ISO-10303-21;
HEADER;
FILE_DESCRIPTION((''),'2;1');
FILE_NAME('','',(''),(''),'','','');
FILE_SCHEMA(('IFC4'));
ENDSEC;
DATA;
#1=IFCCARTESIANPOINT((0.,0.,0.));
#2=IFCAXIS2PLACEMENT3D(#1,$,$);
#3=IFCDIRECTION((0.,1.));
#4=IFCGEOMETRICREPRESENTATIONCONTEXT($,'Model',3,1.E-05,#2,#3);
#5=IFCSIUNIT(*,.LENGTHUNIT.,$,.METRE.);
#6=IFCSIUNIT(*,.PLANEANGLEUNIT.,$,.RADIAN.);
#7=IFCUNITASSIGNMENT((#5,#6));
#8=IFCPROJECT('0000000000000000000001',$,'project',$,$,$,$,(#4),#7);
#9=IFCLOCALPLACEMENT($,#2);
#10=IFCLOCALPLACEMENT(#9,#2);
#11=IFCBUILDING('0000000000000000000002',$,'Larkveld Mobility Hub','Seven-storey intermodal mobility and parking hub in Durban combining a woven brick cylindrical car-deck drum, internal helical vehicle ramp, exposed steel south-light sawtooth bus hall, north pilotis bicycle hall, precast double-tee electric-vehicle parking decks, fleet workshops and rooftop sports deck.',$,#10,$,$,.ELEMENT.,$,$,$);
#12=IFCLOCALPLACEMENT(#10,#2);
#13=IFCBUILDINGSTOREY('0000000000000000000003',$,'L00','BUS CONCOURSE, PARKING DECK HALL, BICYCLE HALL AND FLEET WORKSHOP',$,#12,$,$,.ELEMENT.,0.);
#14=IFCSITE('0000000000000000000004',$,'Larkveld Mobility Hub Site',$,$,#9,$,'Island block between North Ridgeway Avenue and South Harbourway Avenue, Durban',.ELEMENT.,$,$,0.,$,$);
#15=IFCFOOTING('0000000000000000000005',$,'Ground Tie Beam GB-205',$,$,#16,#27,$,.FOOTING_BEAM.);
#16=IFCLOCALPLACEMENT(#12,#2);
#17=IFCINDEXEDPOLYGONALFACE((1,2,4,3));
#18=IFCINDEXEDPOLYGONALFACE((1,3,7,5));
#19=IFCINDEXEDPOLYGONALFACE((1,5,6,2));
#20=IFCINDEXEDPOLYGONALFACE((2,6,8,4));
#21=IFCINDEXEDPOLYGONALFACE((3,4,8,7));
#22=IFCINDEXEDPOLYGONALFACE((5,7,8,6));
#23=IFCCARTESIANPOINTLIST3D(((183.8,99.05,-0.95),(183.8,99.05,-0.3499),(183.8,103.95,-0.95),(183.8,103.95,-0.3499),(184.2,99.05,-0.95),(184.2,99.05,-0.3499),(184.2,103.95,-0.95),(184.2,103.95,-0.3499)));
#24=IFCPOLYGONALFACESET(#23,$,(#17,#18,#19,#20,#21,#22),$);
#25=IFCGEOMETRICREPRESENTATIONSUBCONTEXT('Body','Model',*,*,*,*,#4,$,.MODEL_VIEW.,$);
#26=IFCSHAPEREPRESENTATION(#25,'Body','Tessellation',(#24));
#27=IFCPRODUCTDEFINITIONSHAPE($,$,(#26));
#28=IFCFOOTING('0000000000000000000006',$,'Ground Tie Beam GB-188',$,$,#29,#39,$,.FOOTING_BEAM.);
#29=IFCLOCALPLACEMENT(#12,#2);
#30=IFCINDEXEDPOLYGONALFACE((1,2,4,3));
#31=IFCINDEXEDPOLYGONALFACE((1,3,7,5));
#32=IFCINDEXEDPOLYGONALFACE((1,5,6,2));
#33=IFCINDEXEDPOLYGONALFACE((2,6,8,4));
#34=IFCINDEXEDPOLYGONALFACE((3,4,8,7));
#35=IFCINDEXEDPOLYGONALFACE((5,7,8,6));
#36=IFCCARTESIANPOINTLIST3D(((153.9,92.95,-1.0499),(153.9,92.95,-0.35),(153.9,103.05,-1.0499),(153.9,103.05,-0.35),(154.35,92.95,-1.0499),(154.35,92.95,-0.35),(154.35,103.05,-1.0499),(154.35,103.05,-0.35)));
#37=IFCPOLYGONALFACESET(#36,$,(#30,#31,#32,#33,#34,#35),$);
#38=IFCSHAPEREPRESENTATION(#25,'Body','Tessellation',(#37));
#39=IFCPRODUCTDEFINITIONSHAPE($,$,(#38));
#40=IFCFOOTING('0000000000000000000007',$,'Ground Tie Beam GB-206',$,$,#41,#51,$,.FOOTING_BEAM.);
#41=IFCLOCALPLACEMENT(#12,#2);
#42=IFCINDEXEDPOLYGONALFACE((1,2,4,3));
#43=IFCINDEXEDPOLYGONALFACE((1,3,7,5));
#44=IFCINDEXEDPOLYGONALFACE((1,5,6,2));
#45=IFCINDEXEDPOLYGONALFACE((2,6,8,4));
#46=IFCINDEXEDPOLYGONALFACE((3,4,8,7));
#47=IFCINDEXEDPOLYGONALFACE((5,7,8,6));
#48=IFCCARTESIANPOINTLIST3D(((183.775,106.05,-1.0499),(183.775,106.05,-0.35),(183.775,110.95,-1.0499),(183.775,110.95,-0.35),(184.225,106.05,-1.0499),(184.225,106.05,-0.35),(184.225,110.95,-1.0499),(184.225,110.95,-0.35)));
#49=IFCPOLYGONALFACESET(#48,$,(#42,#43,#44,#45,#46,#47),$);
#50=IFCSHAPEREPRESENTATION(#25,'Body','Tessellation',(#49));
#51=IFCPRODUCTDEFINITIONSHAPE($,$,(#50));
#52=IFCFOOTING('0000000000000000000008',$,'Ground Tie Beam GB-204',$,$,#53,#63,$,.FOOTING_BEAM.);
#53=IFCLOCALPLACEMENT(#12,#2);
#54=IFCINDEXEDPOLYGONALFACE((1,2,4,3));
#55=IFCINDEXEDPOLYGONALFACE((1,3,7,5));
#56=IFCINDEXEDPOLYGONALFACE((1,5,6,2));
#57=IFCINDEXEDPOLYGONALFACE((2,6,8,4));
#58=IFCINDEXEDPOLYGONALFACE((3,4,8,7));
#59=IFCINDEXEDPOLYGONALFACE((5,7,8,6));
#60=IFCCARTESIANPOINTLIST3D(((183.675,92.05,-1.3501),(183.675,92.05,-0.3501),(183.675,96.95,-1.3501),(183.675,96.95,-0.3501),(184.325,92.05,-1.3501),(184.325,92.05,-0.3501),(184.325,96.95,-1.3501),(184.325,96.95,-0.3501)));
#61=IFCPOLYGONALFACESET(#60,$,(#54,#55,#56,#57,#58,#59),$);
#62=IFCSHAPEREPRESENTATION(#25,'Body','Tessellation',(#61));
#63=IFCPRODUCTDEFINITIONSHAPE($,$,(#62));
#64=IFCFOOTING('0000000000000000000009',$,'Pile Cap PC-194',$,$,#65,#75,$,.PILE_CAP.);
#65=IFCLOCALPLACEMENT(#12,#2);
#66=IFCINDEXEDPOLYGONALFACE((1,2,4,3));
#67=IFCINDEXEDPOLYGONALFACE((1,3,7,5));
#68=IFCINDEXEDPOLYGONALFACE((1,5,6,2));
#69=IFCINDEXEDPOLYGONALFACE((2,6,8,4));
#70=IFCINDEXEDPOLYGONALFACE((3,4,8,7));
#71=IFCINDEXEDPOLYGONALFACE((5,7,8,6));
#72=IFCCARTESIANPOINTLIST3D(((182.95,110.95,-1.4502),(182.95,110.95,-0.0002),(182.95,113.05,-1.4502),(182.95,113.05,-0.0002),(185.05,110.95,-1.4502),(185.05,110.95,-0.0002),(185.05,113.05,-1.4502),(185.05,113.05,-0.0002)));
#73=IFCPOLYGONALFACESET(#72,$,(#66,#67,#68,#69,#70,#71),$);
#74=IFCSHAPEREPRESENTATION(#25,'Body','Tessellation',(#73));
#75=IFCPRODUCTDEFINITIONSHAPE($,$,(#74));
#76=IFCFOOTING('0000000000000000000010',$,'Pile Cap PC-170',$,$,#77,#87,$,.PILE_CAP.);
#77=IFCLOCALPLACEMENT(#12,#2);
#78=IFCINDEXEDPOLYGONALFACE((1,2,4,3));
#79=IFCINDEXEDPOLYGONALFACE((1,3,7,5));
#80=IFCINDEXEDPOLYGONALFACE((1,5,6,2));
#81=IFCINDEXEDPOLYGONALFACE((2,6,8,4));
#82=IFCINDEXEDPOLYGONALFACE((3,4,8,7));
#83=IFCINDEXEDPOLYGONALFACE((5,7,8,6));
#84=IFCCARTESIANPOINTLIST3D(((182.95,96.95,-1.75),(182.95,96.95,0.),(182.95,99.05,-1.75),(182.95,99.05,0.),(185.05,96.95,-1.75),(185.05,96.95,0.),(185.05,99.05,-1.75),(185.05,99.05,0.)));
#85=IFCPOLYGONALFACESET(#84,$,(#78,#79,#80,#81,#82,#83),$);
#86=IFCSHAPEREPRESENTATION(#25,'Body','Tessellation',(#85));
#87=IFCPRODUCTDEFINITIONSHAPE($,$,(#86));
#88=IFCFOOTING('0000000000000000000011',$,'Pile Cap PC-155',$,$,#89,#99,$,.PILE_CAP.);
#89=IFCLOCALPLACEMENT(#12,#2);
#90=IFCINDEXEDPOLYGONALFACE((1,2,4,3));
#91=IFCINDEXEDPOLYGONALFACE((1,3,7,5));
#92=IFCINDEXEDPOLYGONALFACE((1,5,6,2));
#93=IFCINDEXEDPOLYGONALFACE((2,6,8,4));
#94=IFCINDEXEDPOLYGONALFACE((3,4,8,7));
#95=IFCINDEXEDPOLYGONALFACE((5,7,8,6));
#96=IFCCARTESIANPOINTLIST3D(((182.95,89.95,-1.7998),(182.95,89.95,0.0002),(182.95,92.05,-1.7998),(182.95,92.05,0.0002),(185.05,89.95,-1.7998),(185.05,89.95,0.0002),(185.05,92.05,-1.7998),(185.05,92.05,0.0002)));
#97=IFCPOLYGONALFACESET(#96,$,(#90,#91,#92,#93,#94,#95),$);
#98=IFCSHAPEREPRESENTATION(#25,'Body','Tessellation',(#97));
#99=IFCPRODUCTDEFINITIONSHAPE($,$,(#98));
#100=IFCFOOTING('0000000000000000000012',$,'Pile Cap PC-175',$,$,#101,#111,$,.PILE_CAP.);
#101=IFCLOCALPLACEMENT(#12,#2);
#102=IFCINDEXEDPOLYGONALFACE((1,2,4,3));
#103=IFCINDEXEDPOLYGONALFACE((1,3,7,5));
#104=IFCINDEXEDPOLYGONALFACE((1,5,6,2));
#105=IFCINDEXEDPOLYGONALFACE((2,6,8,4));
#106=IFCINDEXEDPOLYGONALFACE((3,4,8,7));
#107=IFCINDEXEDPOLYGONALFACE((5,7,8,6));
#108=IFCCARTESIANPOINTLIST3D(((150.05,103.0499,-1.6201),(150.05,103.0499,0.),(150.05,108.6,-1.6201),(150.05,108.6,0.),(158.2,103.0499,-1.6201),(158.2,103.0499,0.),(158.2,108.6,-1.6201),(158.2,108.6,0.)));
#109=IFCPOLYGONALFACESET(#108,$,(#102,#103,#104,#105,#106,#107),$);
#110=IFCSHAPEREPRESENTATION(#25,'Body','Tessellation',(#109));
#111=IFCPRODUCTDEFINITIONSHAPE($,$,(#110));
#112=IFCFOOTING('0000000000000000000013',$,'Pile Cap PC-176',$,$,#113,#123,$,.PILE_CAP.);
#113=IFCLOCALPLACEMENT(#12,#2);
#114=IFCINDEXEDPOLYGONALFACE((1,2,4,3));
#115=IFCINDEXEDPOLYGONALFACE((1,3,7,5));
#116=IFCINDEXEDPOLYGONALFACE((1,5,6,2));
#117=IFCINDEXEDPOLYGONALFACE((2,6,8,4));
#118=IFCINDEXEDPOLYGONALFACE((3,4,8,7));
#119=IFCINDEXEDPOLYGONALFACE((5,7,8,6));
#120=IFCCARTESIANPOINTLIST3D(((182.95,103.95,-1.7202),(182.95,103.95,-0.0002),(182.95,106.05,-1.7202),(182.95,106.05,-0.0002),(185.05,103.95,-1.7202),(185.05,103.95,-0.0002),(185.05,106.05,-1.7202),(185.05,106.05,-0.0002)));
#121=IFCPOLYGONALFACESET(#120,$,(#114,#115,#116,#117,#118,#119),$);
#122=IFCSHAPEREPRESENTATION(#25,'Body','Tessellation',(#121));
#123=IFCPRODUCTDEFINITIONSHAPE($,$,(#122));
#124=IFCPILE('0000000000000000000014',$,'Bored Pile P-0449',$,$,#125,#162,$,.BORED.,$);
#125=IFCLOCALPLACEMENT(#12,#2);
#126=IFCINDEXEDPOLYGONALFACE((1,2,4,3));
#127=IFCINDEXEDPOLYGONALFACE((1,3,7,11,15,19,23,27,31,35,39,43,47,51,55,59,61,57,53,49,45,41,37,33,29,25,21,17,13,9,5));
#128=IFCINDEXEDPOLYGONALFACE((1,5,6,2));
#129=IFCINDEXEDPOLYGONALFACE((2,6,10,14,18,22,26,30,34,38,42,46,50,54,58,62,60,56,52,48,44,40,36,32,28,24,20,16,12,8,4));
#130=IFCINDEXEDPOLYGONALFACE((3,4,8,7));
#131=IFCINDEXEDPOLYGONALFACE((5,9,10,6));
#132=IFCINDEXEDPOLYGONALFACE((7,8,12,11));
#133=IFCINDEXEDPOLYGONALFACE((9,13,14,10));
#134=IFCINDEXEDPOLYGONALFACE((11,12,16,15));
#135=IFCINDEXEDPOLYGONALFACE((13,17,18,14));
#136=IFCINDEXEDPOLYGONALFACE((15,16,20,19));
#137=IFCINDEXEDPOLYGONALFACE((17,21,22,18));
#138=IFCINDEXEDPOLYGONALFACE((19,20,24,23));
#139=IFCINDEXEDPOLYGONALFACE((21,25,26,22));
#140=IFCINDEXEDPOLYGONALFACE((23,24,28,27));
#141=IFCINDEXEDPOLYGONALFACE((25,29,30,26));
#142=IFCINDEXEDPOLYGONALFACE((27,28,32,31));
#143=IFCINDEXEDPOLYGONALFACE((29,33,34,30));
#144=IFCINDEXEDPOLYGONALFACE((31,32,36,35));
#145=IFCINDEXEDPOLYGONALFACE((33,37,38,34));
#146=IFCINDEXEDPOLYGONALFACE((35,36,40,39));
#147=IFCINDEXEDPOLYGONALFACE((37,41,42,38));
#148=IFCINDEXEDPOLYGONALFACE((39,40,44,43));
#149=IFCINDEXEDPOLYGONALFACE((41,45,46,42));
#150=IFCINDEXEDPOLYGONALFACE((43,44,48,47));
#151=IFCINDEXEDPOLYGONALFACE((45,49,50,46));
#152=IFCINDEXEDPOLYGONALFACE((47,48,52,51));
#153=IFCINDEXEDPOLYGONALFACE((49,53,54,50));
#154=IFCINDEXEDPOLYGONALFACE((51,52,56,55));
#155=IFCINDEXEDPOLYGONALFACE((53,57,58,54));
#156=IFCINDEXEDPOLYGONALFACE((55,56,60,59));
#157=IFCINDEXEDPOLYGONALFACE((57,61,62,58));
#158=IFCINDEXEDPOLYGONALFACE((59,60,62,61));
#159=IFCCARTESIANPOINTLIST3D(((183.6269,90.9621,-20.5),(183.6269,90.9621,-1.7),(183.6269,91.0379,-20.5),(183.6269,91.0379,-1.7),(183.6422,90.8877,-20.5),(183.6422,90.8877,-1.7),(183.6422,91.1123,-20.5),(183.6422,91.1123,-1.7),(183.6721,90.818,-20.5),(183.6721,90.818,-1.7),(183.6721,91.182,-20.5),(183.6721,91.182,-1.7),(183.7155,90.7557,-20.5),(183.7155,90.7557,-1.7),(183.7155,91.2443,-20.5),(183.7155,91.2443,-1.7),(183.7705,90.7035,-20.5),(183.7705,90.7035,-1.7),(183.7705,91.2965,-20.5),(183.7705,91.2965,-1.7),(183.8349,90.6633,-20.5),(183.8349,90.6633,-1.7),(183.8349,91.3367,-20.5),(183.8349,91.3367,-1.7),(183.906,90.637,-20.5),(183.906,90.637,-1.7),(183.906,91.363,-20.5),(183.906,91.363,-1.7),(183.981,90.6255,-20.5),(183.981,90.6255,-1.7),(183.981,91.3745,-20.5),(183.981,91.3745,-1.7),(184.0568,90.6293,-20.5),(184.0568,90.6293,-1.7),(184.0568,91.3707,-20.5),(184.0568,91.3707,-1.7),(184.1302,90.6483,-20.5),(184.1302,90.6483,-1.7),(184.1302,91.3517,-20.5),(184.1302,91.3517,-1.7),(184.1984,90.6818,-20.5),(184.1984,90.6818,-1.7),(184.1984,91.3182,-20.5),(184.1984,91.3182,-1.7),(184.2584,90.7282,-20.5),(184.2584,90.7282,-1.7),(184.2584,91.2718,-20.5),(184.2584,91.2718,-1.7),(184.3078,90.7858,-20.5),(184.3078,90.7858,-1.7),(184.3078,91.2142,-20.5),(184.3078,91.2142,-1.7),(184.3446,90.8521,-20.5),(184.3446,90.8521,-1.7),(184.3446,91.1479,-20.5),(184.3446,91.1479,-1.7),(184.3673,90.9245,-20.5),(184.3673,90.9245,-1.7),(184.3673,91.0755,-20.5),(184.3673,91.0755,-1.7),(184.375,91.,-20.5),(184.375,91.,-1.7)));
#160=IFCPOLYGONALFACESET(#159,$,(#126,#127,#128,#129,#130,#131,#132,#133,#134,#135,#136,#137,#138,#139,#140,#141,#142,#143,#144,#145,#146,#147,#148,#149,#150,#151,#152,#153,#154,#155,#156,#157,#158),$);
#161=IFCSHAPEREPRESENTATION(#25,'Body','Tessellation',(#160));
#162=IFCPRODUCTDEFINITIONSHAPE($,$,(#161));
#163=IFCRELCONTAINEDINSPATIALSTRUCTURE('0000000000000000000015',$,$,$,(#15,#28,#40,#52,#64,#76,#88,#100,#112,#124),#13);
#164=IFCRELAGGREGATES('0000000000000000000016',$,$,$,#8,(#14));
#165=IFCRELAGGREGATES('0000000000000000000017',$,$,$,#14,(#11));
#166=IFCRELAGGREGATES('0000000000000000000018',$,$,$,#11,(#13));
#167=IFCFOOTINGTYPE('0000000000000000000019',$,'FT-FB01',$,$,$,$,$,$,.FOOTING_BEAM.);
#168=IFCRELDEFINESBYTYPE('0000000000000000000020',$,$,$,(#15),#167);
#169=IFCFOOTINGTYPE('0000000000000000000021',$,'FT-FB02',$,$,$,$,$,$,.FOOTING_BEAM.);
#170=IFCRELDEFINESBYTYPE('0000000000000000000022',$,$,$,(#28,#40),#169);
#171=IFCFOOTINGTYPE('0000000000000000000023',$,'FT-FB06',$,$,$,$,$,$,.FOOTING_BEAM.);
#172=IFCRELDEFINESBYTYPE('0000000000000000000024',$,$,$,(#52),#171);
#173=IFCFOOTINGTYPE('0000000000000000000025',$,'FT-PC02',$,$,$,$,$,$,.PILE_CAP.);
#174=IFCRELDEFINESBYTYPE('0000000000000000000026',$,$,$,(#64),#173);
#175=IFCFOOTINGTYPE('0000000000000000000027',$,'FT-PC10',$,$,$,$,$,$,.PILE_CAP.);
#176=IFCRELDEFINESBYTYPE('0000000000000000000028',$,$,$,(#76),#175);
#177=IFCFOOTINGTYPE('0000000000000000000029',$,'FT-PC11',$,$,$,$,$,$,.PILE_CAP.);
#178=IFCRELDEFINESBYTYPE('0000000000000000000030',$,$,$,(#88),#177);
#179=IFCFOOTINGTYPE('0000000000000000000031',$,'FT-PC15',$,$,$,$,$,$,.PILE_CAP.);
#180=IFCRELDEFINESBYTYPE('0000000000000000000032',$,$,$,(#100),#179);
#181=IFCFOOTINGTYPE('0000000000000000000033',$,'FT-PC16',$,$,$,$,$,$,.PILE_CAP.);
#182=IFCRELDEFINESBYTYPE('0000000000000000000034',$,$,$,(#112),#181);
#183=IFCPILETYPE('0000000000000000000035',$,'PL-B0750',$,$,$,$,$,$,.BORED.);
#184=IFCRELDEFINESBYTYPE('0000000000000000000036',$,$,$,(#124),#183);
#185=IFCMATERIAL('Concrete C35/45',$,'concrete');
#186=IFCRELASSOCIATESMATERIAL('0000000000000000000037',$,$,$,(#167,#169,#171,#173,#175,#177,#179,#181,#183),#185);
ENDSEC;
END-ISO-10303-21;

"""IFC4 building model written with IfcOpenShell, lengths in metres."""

from ifc_helpers import new_model, si_unit, direction, frame, origin, origin_2d, place, context, subcontext, project, spatial, rectangle, circle, extrude, material, material_profile, profile_set, type_object, element, save


model = new_model("IFC4")

# Units and contexts
model_context = context("Model", 3, precision=1e-05, world=origin(), true_north=direction((0.0, 1.0)))
body_context = subcontext(model_context, "Body", "Model", "MODEL_VIEW")
ifc_project = project(units=[si_unit("LENGTHUNIT", "METRE"), si_unit("PLANEANGLEUNIT", "RADIAN")], contexts=[model_context])

# Site, building, storey
site_placement = place(None, origin())
site = spatial("IfcSite", under=ifc_project, at=site_placement, Name="Larkveld Mobility Hub Site", LongName="Island block between North Ridgeway Avenue and South Harbourway Avenue, Durban", CompositionType="ELEMENT", RefElevation=0.0)
building_placement = place(site_placement, origin())
building = spatial("IfcBuilding", under=site, at=building_placement, Name="Larkveld Mobility Hub", Description="Seven-storey intermodal mobility and parking hub in Durban combining a woven brick cylindrical car-deck drum, internal helical vehicle ramp, exposed steel south-light sawtooth bus hall, north pilotis bicycle hall, precast double-tee electric-vehicle parking decks, fleet workshops and rooftop sports deck.", CompositionType="ELEMENT")
storey_placement = place(building_placement, origin())
storey = spatial("IfcBuildingStorey", under=building, at=storey_placement, Name="L00", Description="BUS CONCOURSE, PARKING DECK HALL, BICYCLE HALL AND FLEET WORKSHOP", CompositionType="ELEMENT", Elevation=0.0)

# Footings
ifc_material_1 = material(Name="Concrete C35/45", Category="concrete")
ifc_material_profile_1 = material_profile(ifc_material_1, rectangle(XDim=0.3999, YDim=0.6001, at=origin_2d()), Name="RC BM 400x600")
ifc_profile_set_1 = profile_set([ifc_material_profile_1], Name="Concrete C35/45")
footing_type_1 = type_object("IfcFootingType", Name="FT-FB01", PredefinedType="FOOTING_BEAM", material=ifc_profile_set_1)
footing_1_placement = place(storey_placement, frame((184.0, 99.05, -0.6499), z_axis=(0.0, 1.0, 0.0), x_axis=(-1.0, 0.0, 0.0)))
element("IfcFooting", 1, at=footing_1_placement, inside=storey, type_object=footing_type_1, Name="Ground Tie Beam GB-205", PredefinedType="FOOTING_BEAM", context=body_context, shape_type="SweptSolid", body=[
    extrude(rectangle(XDim=0.3999, YDim=0.6001, at=origin_2d()), origin(), (0.0, 0.0, 1.0), 4.8999),
])
ifc_material_profile_2 = material_profile(ifc_material_1, rectangle(XDim=0.45, YDim=0.7, at=origin_2d()), Name="RC BM 450x700")
ifc_profile_set_2 = profile_set([ifc_material_profile_2], Name="Concrete C35/45")
footing_type_2 = type_object("IfcFootingType", Name="FT-FB02", PredefinedType="FOOTING_BEAM", material=ifc_profile_set_2)
footing_2_placement = place(storey_placement, frame((154.125, 92.95, -0.7), z_axis=(0.0, 1.0, 0.0), x_axis=(-1.0, 0.0, 0.0)))
element("IfcFooting", 2, at=footing_2_placement, inside=storey, type_object=footing_type_2, Name="Ground Tie Beam GB-188", PredefinedType="FOOTING_BEAM", context=body_context, shape_type="SweptSolid", body=[
    extrude(rectangle(XDim=0.45, YDim=0.7, at=origin_2d()), origin(), (0.0, 0.0, 1.0), 10.1001),
])
footing_3_placement = place(storey_placement, frame((184.0, 106.05, -0.7), z_axis=(0.0, 1.0, 0.0), x_axis=(-1.0, 0.0, 0.0)))
element("IfcFooting", 3, at=footing_3_placement, inside=storey, type_object=footing_type_2, Name="Ground Tie Beam GB-206", PredefinedType="FOOTING_BEAM", context=body_context, shape_type="SweptSolid", body=[
    extrude(rectangle(XDim=0.45, YDim=0.7, at=origin_2d()), origin(), (0.0, 0.0, 1.0), 4.8999),
])
ifc_material_profile_3 = material_profile(ifc_material_1, rectangle(XDim=0.6499, YDim=1.0, at=origin_2d()), Name="RC BM 650x1000")
ifc_profile_set_3 = profile_set([ifc_material_profile_3], Name="Concrete C35/45")
footing_type_3 = type_object("IfcFootingType", Name="FT-FB06", PredefinedType="FOOTING_BEAM", material=ifc_profile_set_3)
footing_4_placement = place(storey_placement, frame((184.0, 92.05, -0.8501), z_axis=(0.0, 1.0, 0.0), x_axis=(-1.0, 0.0, 0.0)))
element("IfcFooting", 4, at=footing_4_placement, inside=storey, type_object=footing_type_3, Name="Ground Tie Beam GB-204", PredefinedType="FOOTING_BEAM", context=body_context, shape_type="SweptSolid", body=[
    extrude(rectangle(XDim=0.6499, YDim=1.0, at=origin_2d()), origin(), (0.0, 0.0, 1.0), 4.8999),
])
footing_type_4 = type_object("IfcFootingType", Name="FT-PC02", PredefinedType="PILE_CAP", material=ifc_material_1)
footing_5_placement = place(storey_placement, frame((184.0, 112.0, -1.4502), z_axis=(0.0, 0.0, 1.0), x_axis=(1.0, 0.0, 0.0)))
element("IfcFooting", 5, at=footing_5_placement, inside=storey, type_object=footing_type_4, Name="Pile Cap PC-194", PredefinedType="PILE_CAP", context=body_context, shape_type="SweptSolid", body=[
    extrude(rectangle(XDim=2.1001, YDim=2.1001, at=origin_2d()), origin(), (0.0, 0.0, 1.0), 1.45),
])
footing_type_5 = type_object("IfcFootingType", Name="FT-PC10", PredefinedType="PILE_CAP", material=ifc_material_1)
footing_6_placement = place(storey_placement, frame((184.0, 98.0, -1.75), z_axis=(0.0, 0.0, 1.0), x_axis=(1.0, 0.0, 0.0)))
element("IfcFooting", 6, at=footing_6_placement, inside=storey, type_object=footing_type_5, Name="Pile Cap PC-170", PredefinedType="PILE_CAP", context=body_context, shape_type="SweptSolid", body=[
    extrude(rectangle(XDim=2.1001, YDim=2.1001, at=origin_2d()), origin(), (0.0, 0.0, 1.0), 1.75),
])
footing_type_6 = type_object("IfcFootingType", Name="FT-PC11", PredefinedType="PILE_CAP", material=ifc_material_1)
footing_7_placement = place(storey_placement, frame((184.0, 91.0, -1.7998), z_axis=(0.0, 0.0, 1.0), x_axis=(1.0, 0.0, 0.0)))
element("IfcFooting", 7, at=footing_7_placement, inside=storey, type_object=footing_type_6, Name="Pile Cap PC-155", PredefinedType="PILE_CAP", context=body_context, shape_type="SweptSolid", body=[
    extrude(rectangle(XDim=2.1001, YDim=2.1001, at=origin_2d()), origin(), (0.0, 0.0, 1.0), 1.8),
])
footing_type_7 = type_object("IfcFootingType", Name="FT-PC15", PredefinedType="PILE_CAP", material=ifc_material_1)
footing_8_placement = place(storey_placement, frame((154.125, 105.825, -1.6201), z_axis=(0.0, 0.0, 1.0), x_axis=(1.0, 0.0, 0.0)))
element("IfcFooting", 8, at=footing_8_placement, inside=storey, type_object=footing_type_7, Name="Pile Cap PC-175", PredefinedType="PILE_CAP", context=body_context, shape_type="SweptSolid", body=[
    extrude(rectangle(XDim=8.1499, YDim=5.55, at=origin_2d()), origin(), (0.0, 0.0, 1.0), 1.6201),
])
footing_type_8 = type_object("IfcFootingType", Name="FT-PC16", PredefinedType="PILE_CAP", material=ifc_material_1)
footing_9_placement = place(storey_placement, frame((184.0, 105.0, -1.7202), z_axis=(0.0, 0.0, 1.0), x_axis=(1.0, 0.0, 0.0)))
element("IfcFooting", 9, at=footing_9_placement, inside=storey, type_object=footing_type_8, Name="Pile Cap PC-176", PredefinedType="PILE_CAP", context=body_context, shape_type="SweptSolid", body=[
    extrude(rectangle(XDim=2.1001, YDim=2.1001, at=origin_2d()), origin(), (0.0, 0.0, 1.0), 1.72),
])

# Pile
ifc_material_profile_4 = material_profile(ifc_material_1, circle(Radius=0.375, at=origin_2d()), Name="PILE D750")
ifc_profile_set_4 = profile_set([ifc_material_profile_4], Name="Concrete C35/45")
pile_type_1 = type_object("IfcPileType", Name="PL-B0750", PredefinedType="BORED", material=ifc_profile_set_4)
pile_1_placement = place(storey_placement, frame((184.0, 91.0, -1.7), z_axis=(0.0, 0.0, -1.0), x_axis=(1.0, 0.0, 0.0)))
element("IfcPile", 10, at=pile_1_placement, inside=storey, type_object=pile_type_1, Name="Bored Pile P-0449", PredefinedType="BORED", context=body_context, shape_type="SweptSolid", body=[
    extrude(circle(Radius=0.375, at=origin_2d()), origin(), (0.0, 0.0, 1.0), 18.8),
])

save(model, "model.ifc")
